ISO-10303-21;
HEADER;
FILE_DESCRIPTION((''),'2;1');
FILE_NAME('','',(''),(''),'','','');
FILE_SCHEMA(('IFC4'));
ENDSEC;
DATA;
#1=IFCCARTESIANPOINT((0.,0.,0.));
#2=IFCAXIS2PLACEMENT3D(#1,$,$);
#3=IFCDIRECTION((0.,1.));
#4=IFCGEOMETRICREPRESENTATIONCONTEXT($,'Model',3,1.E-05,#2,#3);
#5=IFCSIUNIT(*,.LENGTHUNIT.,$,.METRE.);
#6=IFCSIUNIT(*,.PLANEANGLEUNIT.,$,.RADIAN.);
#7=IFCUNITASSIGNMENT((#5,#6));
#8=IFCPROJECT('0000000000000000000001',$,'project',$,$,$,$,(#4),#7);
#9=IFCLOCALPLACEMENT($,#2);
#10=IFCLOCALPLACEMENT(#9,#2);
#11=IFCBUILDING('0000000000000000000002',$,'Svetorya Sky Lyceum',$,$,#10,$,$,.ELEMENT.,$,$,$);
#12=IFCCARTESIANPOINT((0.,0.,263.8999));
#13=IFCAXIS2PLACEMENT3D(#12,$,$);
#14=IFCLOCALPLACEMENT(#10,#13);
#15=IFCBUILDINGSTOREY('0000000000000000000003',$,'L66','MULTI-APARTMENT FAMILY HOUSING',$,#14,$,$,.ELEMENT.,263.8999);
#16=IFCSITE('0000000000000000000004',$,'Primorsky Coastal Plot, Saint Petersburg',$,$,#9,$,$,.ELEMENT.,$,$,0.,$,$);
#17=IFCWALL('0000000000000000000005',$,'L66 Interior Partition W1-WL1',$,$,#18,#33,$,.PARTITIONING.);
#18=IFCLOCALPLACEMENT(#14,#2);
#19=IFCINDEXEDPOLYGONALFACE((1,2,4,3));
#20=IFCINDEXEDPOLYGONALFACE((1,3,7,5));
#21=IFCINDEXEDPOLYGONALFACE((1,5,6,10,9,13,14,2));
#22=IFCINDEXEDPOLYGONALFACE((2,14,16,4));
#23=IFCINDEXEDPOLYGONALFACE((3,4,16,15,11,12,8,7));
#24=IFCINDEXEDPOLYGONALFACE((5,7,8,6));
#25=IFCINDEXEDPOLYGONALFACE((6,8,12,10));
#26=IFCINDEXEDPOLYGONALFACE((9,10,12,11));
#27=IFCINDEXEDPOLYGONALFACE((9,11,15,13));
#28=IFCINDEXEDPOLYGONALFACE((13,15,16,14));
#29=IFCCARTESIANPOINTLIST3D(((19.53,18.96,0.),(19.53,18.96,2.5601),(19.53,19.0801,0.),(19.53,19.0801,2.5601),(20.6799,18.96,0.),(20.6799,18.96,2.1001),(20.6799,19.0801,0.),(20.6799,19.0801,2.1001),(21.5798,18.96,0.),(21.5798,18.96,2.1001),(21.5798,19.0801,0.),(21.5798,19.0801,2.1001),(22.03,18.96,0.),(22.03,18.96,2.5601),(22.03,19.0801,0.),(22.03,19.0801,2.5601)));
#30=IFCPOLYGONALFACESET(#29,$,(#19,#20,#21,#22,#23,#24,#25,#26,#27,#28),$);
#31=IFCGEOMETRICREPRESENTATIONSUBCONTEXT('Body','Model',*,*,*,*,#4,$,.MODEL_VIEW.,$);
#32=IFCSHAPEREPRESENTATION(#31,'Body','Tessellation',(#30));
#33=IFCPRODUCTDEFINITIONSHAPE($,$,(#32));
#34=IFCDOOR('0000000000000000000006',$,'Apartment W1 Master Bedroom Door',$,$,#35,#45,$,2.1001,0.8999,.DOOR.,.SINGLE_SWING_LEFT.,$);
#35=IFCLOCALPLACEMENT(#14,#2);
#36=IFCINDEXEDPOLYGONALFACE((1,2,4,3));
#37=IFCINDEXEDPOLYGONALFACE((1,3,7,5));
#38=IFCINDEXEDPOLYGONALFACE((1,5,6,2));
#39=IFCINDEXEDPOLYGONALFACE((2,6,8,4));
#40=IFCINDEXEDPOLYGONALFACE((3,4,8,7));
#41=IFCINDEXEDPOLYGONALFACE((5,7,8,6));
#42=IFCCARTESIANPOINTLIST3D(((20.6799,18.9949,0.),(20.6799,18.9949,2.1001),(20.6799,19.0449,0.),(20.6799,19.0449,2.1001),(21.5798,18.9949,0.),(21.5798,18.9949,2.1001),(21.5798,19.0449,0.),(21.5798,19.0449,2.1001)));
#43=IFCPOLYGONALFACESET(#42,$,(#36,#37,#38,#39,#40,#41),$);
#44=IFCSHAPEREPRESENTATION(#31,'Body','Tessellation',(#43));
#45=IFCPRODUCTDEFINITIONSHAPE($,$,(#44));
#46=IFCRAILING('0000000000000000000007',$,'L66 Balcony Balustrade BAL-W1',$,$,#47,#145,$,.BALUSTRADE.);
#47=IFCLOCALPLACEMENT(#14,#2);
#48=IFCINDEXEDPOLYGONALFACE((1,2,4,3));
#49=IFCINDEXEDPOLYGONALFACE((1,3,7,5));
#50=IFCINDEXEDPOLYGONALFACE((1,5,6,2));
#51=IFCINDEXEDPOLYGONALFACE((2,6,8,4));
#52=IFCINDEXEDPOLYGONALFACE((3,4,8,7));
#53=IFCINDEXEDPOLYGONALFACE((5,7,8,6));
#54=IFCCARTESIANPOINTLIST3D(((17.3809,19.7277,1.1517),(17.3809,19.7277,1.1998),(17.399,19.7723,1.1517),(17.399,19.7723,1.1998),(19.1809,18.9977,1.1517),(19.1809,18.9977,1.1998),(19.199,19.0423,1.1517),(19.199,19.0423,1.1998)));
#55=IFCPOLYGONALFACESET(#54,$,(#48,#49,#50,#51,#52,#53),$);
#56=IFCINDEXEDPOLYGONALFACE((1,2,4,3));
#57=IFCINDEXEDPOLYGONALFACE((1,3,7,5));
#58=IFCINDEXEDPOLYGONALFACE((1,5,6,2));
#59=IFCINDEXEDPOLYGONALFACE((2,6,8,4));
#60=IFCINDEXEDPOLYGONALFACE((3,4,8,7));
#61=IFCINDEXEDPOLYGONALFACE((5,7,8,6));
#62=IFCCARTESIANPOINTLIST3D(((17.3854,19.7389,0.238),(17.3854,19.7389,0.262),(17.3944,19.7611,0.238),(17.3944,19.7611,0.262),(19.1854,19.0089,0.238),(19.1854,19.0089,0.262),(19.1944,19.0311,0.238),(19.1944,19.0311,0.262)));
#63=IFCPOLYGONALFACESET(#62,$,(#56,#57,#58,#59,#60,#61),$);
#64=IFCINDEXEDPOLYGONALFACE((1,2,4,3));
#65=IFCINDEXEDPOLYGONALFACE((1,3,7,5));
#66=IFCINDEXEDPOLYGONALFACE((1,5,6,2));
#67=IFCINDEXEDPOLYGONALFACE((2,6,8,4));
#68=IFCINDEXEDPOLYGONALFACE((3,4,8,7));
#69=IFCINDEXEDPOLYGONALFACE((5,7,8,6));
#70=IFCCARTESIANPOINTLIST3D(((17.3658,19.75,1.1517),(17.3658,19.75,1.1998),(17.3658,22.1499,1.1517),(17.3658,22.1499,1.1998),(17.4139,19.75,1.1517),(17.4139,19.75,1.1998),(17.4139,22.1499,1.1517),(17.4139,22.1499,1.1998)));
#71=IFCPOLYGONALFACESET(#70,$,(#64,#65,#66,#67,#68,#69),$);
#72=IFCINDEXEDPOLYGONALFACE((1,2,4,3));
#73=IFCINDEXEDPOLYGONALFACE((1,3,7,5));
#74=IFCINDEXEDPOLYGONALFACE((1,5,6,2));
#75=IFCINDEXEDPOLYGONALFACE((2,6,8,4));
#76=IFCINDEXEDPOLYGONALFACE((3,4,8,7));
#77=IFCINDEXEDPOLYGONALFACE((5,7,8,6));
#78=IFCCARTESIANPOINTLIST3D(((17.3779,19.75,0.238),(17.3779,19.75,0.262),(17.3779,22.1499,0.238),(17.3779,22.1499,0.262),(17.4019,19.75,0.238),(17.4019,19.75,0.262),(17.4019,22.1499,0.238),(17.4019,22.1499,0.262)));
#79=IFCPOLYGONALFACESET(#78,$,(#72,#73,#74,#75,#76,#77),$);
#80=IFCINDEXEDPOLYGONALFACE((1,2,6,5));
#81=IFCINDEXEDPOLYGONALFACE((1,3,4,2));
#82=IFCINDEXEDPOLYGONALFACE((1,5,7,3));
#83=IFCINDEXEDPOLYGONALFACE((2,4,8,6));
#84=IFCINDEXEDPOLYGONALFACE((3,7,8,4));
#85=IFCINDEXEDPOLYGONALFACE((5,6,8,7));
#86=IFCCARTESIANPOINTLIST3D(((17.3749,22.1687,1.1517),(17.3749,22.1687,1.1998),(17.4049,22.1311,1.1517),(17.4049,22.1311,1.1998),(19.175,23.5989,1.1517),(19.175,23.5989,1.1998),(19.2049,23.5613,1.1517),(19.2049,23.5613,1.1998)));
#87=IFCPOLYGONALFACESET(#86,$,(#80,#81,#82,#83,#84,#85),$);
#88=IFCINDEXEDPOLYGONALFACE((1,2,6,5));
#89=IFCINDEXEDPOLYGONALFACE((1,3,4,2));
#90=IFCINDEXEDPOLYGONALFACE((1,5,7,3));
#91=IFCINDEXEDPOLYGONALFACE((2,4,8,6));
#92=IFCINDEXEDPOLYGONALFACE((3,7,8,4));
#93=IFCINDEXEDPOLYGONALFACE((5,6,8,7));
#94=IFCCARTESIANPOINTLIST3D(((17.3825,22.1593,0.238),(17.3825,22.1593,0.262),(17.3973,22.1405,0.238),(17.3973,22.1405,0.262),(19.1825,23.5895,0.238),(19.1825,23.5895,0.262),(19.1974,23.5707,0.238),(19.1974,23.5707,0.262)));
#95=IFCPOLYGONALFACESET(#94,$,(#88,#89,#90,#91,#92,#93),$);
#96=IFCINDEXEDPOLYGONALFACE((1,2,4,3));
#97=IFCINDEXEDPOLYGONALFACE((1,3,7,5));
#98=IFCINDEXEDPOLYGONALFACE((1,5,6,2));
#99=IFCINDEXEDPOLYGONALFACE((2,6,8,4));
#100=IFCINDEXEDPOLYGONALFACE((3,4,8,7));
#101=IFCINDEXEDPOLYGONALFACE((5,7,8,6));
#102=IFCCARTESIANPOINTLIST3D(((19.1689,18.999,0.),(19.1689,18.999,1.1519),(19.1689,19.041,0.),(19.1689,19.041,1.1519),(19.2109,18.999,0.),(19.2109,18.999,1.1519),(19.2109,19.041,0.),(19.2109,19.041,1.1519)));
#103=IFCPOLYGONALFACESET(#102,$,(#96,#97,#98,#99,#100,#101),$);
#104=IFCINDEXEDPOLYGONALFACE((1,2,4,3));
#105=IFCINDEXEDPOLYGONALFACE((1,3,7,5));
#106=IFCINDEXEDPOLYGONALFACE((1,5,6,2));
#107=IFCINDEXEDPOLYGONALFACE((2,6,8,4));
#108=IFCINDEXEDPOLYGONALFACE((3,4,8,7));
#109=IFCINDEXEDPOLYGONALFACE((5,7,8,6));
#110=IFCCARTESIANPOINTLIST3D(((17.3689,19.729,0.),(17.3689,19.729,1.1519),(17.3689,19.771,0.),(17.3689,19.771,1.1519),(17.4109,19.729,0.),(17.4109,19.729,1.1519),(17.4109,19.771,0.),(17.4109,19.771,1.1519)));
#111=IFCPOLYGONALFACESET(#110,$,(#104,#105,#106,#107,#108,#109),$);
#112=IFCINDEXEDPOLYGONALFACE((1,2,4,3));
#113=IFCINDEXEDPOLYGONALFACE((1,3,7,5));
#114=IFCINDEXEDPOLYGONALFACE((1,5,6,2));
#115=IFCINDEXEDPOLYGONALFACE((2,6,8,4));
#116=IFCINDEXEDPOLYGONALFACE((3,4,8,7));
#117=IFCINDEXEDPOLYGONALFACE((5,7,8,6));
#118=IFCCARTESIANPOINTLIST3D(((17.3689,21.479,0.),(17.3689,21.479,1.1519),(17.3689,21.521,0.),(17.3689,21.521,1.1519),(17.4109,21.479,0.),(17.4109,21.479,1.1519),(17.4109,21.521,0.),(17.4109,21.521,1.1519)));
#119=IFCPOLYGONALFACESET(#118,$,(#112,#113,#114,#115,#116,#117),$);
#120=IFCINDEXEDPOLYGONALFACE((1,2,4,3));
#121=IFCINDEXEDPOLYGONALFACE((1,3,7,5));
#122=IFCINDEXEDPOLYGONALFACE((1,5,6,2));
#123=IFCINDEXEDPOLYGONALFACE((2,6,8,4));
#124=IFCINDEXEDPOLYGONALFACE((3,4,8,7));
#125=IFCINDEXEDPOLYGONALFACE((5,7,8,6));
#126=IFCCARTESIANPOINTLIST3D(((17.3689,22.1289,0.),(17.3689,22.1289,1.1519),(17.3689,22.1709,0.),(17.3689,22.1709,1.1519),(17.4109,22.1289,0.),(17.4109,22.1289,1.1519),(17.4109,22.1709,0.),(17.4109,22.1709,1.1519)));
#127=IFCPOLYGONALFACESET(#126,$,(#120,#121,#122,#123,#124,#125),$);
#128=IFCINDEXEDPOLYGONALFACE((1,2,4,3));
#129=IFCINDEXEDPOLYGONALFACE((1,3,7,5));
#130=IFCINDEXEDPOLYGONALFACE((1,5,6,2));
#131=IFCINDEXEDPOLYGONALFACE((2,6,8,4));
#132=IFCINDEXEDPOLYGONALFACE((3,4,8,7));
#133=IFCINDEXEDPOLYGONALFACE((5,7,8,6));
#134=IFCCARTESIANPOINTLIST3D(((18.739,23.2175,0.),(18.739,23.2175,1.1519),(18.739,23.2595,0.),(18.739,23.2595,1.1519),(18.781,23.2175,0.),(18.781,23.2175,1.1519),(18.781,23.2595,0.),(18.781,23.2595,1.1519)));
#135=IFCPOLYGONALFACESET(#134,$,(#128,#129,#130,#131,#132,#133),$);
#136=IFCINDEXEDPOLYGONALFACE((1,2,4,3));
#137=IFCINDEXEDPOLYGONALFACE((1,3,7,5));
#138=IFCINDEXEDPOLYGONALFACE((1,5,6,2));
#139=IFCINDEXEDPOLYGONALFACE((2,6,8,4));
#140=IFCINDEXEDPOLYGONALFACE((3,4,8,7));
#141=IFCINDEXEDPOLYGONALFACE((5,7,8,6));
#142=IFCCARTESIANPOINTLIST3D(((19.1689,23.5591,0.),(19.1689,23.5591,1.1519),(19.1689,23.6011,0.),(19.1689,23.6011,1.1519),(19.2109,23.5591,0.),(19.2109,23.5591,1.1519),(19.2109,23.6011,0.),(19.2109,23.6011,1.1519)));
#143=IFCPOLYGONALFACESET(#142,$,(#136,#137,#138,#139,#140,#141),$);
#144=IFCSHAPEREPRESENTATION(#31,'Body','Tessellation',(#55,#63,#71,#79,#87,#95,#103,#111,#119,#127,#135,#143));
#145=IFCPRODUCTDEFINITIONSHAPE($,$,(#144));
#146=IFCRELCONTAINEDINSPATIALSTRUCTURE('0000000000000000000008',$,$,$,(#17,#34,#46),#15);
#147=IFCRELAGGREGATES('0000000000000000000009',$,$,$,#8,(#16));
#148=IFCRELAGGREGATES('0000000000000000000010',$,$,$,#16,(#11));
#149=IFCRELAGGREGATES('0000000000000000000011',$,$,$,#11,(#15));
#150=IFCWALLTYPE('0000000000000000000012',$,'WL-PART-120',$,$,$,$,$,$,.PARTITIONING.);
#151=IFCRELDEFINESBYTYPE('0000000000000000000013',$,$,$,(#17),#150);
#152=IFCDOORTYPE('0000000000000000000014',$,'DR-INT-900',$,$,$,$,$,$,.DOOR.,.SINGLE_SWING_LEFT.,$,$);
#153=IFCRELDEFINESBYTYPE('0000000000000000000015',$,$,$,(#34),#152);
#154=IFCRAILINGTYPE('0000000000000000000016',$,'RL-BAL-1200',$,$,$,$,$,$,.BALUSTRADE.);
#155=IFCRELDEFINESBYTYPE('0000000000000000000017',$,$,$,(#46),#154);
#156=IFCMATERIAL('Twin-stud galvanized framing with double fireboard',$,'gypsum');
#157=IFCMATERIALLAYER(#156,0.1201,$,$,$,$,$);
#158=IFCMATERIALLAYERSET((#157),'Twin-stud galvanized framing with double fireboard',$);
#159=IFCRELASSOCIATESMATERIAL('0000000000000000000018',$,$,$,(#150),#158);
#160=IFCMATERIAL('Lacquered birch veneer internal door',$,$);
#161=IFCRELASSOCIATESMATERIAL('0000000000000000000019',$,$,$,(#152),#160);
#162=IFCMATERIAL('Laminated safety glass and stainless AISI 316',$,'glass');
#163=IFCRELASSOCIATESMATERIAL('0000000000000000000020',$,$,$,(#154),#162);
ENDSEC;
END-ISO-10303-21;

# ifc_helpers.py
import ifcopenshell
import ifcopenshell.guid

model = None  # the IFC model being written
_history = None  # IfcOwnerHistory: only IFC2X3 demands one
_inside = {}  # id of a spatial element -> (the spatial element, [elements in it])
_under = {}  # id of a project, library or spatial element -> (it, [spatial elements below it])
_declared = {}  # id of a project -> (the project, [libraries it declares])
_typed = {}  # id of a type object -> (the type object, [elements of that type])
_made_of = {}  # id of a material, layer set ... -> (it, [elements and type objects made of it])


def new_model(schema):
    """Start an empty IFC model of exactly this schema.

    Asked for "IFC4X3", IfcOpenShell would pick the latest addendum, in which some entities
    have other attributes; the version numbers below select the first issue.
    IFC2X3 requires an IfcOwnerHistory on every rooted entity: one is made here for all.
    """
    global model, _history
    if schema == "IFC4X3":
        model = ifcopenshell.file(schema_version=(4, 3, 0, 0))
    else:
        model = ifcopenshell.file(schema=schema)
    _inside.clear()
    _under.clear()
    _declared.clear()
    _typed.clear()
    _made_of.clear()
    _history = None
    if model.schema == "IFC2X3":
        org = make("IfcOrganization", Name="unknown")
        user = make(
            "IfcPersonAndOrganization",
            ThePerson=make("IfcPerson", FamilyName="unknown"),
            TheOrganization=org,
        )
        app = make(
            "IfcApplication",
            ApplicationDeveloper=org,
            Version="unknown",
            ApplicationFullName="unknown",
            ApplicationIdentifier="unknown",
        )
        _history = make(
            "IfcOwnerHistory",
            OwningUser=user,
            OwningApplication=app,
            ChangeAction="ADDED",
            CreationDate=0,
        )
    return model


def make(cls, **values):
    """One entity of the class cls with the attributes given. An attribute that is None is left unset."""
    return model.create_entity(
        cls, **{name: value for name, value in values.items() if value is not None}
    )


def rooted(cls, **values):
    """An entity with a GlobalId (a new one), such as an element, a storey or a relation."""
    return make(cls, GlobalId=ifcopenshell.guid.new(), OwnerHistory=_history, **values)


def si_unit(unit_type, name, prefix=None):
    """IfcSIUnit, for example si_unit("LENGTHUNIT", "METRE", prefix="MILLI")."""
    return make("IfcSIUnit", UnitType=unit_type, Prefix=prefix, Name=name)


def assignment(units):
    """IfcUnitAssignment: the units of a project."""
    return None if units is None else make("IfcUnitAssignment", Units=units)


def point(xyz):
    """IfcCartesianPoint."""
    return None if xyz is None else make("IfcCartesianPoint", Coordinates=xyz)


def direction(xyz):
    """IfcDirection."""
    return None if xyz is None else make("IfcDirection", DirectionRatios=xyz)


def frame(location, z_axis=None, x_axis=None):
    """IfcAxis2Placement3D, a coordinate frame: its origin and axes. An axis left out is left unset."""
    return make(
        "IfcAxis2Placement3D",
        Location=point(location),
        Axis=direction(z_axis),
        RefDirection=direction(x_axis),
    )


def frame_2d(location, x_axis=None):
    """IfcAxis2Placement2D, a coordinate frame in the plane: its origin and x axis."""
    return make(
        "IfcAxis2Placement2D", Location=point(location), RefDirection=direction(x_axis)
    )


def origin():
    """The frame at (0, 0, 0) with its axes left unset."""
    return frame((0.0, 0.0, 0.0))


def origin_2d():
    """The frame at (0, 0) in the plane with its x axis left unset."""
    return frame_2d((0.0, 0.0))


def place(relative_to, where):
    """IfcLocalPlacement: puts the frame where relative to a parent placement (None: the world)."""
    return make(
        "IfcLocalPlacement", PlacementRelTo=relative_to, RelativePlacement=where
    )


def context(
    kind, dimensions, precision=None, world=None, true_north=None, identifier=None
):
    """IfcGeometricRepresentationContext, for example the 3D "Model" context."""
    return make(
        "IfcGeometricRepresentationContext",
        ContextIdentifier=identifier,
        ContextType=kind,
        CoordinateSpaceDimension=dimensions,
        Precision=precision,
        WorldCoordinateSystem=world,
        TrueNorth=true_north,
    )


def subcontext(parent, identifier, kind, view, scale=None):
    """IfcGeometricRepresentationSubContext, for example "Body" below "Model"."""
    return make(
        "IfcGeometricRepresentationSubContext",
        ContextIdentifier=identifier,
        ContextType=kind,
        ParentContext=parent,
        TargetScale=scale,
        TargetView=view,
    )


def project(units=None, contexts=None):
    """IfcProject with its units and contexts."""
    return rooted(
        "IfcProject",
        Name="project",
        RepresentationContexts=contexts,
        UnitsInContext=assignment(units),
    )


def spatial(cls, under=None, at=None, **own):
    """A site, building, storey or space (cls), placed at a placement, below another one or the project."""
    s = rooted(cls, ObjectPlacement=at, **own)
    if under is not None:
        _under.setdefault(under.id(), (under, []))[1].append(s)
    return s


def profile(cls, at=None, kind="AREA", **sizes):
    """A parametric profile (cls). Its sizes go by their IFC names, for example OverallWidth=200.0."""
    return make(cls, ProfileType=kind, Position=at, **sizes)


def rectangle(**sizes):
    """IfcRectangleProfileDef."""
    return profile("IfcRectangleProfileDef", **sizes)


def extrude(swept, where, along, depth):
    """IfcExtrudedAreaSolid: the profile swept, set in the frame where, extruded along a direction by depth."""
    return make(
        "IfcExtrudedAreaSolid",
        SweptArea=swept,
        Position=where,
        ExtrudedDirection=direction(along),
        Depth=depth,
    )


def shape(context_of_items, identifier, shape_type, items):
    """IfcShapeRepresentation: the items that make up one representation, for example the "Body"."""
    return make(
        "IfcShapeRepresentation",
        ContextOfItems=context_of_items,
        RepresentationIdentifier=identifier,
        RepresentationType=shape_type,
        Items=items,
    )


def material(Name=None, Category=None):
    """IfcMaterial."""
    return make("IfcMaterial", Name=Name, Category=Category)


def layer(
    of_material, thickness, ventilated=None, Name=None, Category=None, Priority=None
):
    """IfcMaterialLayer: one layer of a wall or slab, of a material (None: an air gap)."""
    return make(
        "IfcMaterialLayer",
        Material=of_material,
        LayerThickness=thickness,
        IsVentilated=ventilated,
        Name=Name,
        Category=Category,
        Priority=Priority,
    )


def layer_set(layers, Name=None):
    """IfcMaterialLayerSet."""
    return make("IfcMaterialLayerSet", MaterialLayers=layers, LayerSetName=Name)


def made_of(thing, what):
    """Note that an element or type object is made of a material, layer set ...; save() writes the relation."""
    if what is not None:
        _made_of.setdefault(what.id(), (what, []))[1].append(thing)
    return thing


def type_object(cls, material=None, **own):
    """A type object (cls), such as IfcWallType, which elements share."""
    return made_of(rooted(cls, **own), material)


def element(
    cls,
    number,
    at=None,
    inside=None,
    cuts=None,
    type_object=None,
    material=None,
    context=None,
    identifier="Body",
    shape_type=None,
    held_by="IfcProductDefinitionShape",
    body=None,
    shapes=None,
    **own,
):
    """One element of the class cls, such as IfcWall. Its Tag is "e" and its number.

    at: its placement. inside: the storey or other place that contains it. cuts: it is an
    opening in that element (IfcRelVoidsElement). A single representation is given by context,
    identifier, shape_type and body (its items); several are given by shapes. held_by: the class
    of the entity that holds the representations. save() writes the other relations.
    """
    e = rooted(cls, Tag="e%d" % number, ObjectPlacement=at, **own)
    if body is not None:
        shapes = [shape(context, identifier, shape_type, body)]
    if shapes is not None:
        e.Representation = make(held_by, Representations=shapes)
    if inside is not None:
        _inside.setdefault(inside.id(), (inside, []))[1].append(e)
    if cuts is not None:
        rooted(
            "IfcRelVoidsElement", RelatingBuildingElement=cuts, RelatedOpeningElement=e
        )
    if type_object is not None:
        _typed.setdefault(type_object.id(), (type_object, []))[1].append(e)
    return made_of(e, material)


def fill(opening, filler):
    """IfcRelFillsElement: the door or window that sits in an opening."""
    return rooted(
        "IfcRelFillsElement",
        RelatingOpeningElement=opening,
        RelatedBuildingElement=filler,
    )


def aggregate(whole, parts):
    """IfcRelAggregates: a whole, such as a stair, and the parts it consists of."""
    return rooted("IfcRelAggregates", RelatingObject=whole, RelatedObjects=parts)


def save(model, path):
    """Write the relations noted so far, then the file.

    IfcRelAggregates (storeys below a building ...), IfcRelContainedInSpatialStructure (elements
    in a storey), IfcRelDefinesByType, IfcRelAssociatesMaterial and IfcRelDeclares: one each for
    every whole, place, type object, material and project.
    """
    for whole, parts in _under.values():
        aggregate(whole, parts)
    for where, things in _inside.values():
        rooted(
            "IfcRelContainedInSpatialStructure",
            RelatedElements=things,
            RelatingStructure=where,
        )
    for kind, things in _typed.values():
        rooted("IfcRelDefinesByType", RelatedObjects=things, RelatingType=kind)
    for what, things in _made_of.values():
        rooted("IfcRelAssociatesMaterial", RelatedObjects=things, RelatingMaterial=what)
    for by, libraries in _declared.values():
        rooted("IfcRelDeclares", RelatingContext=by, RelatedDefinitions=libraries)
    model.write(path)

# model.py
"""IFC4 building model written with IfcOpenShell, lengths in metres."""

from ifc_helpers import new_model, si_unit, direction, frame, frame_2d, origin, origin_2d, place, context, subcontext, project, spatial, rectangle, extrude, material, layer, layer_set, type_object, element, fill, save


model = new_model("IFC4")

# Units and contexts
model_context = context("Model", 3, precision=1e-05, world=origin(), true_north=direction((0.0, 1.0)))
body_context = subcontext(model_context, "Body", "Model", "MODEL_VIEW")
ifc_project = project(units=[si_unit("LENGTHUNIT", "METRE"), si_unit("PLANEANGLEUNIT", "RADIAN")], contexts=[model_context])

# Site, building, storey
site_placement = place(None, origin())
site = spatial("IfcSite", under=ifc_project, at=site_placement, Name="Primorsky Coastal Plot, Saint Petersburg", CompositionType="ELEMENT", RefElevation=0.0)
building_placement = place(site_placement, origin())
building = spatial("IfcBuilding", under=site, at=building_placement, Name="Svetorya Sky Lyceum", CompositionType="ELEMENT")
storey_placement = place(building_placement, frame((0.0, 0.0, 263.8999)))
storey = spatial("IfcBuildingStorey", under=building, at=storey_placement, Name="L66", Description="MULTI-APARTMENT FAMILY HOUSING", CompositionType="ELEMENT", Elevation=263.8999)

# Wall, opening, door
ifc_material_1 = material(Name="Twin-stud galvanized framing with double fireboard", Category="gypsum")
ifc_layer_1 = layer(ifc_material_1, 0.1201)
ifc_layer_set_1 = layer_set([ifc_layer_1], Name="Twin-stud galvanized framing with double fireboard")
wall_type_1 = type_object("IfcWallType", Name="WL-PART-120", PredefinedType="PARTITIONING", material=ifc_layer_set_1)
wall_1_placement = place(storey_placement, frame((19.53, 19.02, 0.0), z_axis=(0.0, 0.0, 1.0), x_axis=(1.0, 0.0, 0.0)))
wall_1 = element("IfcWall", 1, at=wall_1_placement, inside=storey, type_object=wall_type_1, Name="L66 Interior Partition W1-WL1", PredefinedType="PARTITIONING", context=body_context, shape_type="SweptSolid", body=[
    extrude(rectangle(XDim=2.5, YDim=0.1201, at=frame_2d((1.25, 0.0))), origin(), (0.0, 0.0, 1.0), 2.5601),
])
opening_placement = place(wall_1_placement, frame((1.1499, 0.0, 0.0)))
opening = element("IfcOpeningElement", 2, at=opening_placement, cuts=wall_1, PredefinedType="OPENING", context=body_context, shape_type="SweptSolid", body=[
    extrude(rectangle(XDim=0.8999, YDim=2.1001, at=frame_2d((0.45, 1.05))), frame((0.0, 0.0701, 0.0), z_axis=(0.0, -1.0, 0.0), x_axis=(1.0, 0.0, 0.0)), (0.0, 0.0, 1.0), 0.1401),
])
ifc_material_2 = material(Name="Lacquered birch veneer internal door")
door_type = type_object("IfcDoorType", Name="DR-INT-900", OperationType="SINGLE_SWING_LEFT", PredefinedType="DOOR", material=ifc_material_2)
door_placement = place(opening_placement, origin())
door = element("IfcDoor", 3, at=door_placement, inside=storey, type_object=door_type, Name="Apartment W1 Master Bedroom Door", OperationType="SINGLE_SWING_LEFT", OverallHeight=2.1001, OverallWidth=0.8999, PredefinedType="DOOR", context=body_context, shape_type="SweptSolid", body=[
    extrude(rectangle(XDim=0.8999, YDim=2.1001, at=frame_2d((0.45, 1.05))), frame((0.0, 0.0249, 0.0), z_axis=(0.0, -1.0, 0.0), x_axis=(1.0, 0.0, 0.0)), (0.0, 0.0, 1.0), 0.05),
])
fill(opening, door)

# Railing
ifc_material_3 = material(Name="Laminated safety glass and stainless AISI 316", Category="glass")
railing_type = type_object("IfcRailingType", Name="RL-BAL-1200", PredefinedType="BALUSTRADE", material=ifc_material_3)
railing_placement = place(storey_placement, frame((19.1899, 19.02, 0.0)))
element("IfcRailing", 4, at=railing_placement, inside=storey, type_object=railing_type, Name="L66 Balcony Balustrade BAL-W1", PredefinedType="BALUSTRADE", context=body_context, shape_type="SweptSolid", body=[
    extrude(rectangle(XDim=0.0481, YDim=0.0481, at=origin_2d()), frame((0.0, 0.0, 1.1758), z_axis=(-0.926698, 0.375807, 0.0), x_axis=(-0.375807, -0.926698, 0.0)), (0.0, 0.0, 1.0), 1.9424),
    extrude(rectangle(XDim=0.0239, YDim=0.0239, at=origin_2d()), frame((0.0, 0.0, 0.25), z_axis=(-0.926698, 0.375807, 0.0), x_axis=(-0.375807, -0.926698, 0.0)), (0.0, 0.0, 1.0), 1.9424),
    extrude(rectangle(XDim=0.0481, YDim=0.0481, at=origin_2d()), frame((-1.8, 0.73, 1.1758), z_axis=(0.0, 1.0, 0.0), x_axis=(-1.0, 0.0, 0.0)), (0.0, 0.0, 1.0), 2.3999),
    extrude(rectangle(XDim=0.0239, YDim=0.0239, at=origin_2d()), frame((-1.8, 0.73, 0.25), z_axis=(0.0, 1.0, 0.0), x_axis=(-1.0, 0.0, 0.0)), (0.0, 0.0, 1.0), 2.3999),
    extrude(rectangle(XDim=0.0481, YDim=0.0481, at=origin_2d()), frame((-1.8, 3.1299, 1.1758), z_axis=(0.782957, 0.622076, 0.0), x_axis=(-0.622076, 0.782957, 0.0)), (0.0, 0.0, 1.0), 2.2991),
    extrude(rectangle(XDim=0.0239, YDim=0.0239, at=origin_2d()), frame((-1.8, 3.1299, 0.25), z_axis=(0.782957, 0.622076, 0.0), x_axis=(-0.622076, 0.782957, 0.0)), (0.0, 0.0, 1.0), 2.2991),
    extrude(rectangle(XDim=0.042, YDim=0.042, at=origin_2d()), origin(), (0.0, 0.0, 1.0), 1.1519),
    extrude(rectangle(XDim=0.042, YDim=0.042, at=origin_2d()), frame((-1.8, 0.73, 0.0)), (0.0, 0.0, 1.0), 1.1519),
    extrude(rectangle(XDim=0.042, YDim=0.042, at=origin_2d()), frame((-1.8, 2.48, 0.0)), (0.0, 0.0, 1.0), 1.1519),
    extrude(rectangle(XDim=0.042, YDim=0.042, at=origin_2d()), frame((-1.8, 3.1299, 0.0)), (0.0, 0.0, 1.0), 1.1519),
    extrude(rectangle(XDim=0.042, YDim=0.042, at=origin_2d()), frame((-0.4299, 4.2185, 0.0)), (0.0, 0.0, 1.0), 1.1519),
    extrude(rectangle(XDim=0.042, YDim=0.042, at=origin_2d()), frame((0.0, 4.5601, 0.0)), (0.0, 0.0, 1.0), 1.1519),
])

save(model, "model.ifc")
